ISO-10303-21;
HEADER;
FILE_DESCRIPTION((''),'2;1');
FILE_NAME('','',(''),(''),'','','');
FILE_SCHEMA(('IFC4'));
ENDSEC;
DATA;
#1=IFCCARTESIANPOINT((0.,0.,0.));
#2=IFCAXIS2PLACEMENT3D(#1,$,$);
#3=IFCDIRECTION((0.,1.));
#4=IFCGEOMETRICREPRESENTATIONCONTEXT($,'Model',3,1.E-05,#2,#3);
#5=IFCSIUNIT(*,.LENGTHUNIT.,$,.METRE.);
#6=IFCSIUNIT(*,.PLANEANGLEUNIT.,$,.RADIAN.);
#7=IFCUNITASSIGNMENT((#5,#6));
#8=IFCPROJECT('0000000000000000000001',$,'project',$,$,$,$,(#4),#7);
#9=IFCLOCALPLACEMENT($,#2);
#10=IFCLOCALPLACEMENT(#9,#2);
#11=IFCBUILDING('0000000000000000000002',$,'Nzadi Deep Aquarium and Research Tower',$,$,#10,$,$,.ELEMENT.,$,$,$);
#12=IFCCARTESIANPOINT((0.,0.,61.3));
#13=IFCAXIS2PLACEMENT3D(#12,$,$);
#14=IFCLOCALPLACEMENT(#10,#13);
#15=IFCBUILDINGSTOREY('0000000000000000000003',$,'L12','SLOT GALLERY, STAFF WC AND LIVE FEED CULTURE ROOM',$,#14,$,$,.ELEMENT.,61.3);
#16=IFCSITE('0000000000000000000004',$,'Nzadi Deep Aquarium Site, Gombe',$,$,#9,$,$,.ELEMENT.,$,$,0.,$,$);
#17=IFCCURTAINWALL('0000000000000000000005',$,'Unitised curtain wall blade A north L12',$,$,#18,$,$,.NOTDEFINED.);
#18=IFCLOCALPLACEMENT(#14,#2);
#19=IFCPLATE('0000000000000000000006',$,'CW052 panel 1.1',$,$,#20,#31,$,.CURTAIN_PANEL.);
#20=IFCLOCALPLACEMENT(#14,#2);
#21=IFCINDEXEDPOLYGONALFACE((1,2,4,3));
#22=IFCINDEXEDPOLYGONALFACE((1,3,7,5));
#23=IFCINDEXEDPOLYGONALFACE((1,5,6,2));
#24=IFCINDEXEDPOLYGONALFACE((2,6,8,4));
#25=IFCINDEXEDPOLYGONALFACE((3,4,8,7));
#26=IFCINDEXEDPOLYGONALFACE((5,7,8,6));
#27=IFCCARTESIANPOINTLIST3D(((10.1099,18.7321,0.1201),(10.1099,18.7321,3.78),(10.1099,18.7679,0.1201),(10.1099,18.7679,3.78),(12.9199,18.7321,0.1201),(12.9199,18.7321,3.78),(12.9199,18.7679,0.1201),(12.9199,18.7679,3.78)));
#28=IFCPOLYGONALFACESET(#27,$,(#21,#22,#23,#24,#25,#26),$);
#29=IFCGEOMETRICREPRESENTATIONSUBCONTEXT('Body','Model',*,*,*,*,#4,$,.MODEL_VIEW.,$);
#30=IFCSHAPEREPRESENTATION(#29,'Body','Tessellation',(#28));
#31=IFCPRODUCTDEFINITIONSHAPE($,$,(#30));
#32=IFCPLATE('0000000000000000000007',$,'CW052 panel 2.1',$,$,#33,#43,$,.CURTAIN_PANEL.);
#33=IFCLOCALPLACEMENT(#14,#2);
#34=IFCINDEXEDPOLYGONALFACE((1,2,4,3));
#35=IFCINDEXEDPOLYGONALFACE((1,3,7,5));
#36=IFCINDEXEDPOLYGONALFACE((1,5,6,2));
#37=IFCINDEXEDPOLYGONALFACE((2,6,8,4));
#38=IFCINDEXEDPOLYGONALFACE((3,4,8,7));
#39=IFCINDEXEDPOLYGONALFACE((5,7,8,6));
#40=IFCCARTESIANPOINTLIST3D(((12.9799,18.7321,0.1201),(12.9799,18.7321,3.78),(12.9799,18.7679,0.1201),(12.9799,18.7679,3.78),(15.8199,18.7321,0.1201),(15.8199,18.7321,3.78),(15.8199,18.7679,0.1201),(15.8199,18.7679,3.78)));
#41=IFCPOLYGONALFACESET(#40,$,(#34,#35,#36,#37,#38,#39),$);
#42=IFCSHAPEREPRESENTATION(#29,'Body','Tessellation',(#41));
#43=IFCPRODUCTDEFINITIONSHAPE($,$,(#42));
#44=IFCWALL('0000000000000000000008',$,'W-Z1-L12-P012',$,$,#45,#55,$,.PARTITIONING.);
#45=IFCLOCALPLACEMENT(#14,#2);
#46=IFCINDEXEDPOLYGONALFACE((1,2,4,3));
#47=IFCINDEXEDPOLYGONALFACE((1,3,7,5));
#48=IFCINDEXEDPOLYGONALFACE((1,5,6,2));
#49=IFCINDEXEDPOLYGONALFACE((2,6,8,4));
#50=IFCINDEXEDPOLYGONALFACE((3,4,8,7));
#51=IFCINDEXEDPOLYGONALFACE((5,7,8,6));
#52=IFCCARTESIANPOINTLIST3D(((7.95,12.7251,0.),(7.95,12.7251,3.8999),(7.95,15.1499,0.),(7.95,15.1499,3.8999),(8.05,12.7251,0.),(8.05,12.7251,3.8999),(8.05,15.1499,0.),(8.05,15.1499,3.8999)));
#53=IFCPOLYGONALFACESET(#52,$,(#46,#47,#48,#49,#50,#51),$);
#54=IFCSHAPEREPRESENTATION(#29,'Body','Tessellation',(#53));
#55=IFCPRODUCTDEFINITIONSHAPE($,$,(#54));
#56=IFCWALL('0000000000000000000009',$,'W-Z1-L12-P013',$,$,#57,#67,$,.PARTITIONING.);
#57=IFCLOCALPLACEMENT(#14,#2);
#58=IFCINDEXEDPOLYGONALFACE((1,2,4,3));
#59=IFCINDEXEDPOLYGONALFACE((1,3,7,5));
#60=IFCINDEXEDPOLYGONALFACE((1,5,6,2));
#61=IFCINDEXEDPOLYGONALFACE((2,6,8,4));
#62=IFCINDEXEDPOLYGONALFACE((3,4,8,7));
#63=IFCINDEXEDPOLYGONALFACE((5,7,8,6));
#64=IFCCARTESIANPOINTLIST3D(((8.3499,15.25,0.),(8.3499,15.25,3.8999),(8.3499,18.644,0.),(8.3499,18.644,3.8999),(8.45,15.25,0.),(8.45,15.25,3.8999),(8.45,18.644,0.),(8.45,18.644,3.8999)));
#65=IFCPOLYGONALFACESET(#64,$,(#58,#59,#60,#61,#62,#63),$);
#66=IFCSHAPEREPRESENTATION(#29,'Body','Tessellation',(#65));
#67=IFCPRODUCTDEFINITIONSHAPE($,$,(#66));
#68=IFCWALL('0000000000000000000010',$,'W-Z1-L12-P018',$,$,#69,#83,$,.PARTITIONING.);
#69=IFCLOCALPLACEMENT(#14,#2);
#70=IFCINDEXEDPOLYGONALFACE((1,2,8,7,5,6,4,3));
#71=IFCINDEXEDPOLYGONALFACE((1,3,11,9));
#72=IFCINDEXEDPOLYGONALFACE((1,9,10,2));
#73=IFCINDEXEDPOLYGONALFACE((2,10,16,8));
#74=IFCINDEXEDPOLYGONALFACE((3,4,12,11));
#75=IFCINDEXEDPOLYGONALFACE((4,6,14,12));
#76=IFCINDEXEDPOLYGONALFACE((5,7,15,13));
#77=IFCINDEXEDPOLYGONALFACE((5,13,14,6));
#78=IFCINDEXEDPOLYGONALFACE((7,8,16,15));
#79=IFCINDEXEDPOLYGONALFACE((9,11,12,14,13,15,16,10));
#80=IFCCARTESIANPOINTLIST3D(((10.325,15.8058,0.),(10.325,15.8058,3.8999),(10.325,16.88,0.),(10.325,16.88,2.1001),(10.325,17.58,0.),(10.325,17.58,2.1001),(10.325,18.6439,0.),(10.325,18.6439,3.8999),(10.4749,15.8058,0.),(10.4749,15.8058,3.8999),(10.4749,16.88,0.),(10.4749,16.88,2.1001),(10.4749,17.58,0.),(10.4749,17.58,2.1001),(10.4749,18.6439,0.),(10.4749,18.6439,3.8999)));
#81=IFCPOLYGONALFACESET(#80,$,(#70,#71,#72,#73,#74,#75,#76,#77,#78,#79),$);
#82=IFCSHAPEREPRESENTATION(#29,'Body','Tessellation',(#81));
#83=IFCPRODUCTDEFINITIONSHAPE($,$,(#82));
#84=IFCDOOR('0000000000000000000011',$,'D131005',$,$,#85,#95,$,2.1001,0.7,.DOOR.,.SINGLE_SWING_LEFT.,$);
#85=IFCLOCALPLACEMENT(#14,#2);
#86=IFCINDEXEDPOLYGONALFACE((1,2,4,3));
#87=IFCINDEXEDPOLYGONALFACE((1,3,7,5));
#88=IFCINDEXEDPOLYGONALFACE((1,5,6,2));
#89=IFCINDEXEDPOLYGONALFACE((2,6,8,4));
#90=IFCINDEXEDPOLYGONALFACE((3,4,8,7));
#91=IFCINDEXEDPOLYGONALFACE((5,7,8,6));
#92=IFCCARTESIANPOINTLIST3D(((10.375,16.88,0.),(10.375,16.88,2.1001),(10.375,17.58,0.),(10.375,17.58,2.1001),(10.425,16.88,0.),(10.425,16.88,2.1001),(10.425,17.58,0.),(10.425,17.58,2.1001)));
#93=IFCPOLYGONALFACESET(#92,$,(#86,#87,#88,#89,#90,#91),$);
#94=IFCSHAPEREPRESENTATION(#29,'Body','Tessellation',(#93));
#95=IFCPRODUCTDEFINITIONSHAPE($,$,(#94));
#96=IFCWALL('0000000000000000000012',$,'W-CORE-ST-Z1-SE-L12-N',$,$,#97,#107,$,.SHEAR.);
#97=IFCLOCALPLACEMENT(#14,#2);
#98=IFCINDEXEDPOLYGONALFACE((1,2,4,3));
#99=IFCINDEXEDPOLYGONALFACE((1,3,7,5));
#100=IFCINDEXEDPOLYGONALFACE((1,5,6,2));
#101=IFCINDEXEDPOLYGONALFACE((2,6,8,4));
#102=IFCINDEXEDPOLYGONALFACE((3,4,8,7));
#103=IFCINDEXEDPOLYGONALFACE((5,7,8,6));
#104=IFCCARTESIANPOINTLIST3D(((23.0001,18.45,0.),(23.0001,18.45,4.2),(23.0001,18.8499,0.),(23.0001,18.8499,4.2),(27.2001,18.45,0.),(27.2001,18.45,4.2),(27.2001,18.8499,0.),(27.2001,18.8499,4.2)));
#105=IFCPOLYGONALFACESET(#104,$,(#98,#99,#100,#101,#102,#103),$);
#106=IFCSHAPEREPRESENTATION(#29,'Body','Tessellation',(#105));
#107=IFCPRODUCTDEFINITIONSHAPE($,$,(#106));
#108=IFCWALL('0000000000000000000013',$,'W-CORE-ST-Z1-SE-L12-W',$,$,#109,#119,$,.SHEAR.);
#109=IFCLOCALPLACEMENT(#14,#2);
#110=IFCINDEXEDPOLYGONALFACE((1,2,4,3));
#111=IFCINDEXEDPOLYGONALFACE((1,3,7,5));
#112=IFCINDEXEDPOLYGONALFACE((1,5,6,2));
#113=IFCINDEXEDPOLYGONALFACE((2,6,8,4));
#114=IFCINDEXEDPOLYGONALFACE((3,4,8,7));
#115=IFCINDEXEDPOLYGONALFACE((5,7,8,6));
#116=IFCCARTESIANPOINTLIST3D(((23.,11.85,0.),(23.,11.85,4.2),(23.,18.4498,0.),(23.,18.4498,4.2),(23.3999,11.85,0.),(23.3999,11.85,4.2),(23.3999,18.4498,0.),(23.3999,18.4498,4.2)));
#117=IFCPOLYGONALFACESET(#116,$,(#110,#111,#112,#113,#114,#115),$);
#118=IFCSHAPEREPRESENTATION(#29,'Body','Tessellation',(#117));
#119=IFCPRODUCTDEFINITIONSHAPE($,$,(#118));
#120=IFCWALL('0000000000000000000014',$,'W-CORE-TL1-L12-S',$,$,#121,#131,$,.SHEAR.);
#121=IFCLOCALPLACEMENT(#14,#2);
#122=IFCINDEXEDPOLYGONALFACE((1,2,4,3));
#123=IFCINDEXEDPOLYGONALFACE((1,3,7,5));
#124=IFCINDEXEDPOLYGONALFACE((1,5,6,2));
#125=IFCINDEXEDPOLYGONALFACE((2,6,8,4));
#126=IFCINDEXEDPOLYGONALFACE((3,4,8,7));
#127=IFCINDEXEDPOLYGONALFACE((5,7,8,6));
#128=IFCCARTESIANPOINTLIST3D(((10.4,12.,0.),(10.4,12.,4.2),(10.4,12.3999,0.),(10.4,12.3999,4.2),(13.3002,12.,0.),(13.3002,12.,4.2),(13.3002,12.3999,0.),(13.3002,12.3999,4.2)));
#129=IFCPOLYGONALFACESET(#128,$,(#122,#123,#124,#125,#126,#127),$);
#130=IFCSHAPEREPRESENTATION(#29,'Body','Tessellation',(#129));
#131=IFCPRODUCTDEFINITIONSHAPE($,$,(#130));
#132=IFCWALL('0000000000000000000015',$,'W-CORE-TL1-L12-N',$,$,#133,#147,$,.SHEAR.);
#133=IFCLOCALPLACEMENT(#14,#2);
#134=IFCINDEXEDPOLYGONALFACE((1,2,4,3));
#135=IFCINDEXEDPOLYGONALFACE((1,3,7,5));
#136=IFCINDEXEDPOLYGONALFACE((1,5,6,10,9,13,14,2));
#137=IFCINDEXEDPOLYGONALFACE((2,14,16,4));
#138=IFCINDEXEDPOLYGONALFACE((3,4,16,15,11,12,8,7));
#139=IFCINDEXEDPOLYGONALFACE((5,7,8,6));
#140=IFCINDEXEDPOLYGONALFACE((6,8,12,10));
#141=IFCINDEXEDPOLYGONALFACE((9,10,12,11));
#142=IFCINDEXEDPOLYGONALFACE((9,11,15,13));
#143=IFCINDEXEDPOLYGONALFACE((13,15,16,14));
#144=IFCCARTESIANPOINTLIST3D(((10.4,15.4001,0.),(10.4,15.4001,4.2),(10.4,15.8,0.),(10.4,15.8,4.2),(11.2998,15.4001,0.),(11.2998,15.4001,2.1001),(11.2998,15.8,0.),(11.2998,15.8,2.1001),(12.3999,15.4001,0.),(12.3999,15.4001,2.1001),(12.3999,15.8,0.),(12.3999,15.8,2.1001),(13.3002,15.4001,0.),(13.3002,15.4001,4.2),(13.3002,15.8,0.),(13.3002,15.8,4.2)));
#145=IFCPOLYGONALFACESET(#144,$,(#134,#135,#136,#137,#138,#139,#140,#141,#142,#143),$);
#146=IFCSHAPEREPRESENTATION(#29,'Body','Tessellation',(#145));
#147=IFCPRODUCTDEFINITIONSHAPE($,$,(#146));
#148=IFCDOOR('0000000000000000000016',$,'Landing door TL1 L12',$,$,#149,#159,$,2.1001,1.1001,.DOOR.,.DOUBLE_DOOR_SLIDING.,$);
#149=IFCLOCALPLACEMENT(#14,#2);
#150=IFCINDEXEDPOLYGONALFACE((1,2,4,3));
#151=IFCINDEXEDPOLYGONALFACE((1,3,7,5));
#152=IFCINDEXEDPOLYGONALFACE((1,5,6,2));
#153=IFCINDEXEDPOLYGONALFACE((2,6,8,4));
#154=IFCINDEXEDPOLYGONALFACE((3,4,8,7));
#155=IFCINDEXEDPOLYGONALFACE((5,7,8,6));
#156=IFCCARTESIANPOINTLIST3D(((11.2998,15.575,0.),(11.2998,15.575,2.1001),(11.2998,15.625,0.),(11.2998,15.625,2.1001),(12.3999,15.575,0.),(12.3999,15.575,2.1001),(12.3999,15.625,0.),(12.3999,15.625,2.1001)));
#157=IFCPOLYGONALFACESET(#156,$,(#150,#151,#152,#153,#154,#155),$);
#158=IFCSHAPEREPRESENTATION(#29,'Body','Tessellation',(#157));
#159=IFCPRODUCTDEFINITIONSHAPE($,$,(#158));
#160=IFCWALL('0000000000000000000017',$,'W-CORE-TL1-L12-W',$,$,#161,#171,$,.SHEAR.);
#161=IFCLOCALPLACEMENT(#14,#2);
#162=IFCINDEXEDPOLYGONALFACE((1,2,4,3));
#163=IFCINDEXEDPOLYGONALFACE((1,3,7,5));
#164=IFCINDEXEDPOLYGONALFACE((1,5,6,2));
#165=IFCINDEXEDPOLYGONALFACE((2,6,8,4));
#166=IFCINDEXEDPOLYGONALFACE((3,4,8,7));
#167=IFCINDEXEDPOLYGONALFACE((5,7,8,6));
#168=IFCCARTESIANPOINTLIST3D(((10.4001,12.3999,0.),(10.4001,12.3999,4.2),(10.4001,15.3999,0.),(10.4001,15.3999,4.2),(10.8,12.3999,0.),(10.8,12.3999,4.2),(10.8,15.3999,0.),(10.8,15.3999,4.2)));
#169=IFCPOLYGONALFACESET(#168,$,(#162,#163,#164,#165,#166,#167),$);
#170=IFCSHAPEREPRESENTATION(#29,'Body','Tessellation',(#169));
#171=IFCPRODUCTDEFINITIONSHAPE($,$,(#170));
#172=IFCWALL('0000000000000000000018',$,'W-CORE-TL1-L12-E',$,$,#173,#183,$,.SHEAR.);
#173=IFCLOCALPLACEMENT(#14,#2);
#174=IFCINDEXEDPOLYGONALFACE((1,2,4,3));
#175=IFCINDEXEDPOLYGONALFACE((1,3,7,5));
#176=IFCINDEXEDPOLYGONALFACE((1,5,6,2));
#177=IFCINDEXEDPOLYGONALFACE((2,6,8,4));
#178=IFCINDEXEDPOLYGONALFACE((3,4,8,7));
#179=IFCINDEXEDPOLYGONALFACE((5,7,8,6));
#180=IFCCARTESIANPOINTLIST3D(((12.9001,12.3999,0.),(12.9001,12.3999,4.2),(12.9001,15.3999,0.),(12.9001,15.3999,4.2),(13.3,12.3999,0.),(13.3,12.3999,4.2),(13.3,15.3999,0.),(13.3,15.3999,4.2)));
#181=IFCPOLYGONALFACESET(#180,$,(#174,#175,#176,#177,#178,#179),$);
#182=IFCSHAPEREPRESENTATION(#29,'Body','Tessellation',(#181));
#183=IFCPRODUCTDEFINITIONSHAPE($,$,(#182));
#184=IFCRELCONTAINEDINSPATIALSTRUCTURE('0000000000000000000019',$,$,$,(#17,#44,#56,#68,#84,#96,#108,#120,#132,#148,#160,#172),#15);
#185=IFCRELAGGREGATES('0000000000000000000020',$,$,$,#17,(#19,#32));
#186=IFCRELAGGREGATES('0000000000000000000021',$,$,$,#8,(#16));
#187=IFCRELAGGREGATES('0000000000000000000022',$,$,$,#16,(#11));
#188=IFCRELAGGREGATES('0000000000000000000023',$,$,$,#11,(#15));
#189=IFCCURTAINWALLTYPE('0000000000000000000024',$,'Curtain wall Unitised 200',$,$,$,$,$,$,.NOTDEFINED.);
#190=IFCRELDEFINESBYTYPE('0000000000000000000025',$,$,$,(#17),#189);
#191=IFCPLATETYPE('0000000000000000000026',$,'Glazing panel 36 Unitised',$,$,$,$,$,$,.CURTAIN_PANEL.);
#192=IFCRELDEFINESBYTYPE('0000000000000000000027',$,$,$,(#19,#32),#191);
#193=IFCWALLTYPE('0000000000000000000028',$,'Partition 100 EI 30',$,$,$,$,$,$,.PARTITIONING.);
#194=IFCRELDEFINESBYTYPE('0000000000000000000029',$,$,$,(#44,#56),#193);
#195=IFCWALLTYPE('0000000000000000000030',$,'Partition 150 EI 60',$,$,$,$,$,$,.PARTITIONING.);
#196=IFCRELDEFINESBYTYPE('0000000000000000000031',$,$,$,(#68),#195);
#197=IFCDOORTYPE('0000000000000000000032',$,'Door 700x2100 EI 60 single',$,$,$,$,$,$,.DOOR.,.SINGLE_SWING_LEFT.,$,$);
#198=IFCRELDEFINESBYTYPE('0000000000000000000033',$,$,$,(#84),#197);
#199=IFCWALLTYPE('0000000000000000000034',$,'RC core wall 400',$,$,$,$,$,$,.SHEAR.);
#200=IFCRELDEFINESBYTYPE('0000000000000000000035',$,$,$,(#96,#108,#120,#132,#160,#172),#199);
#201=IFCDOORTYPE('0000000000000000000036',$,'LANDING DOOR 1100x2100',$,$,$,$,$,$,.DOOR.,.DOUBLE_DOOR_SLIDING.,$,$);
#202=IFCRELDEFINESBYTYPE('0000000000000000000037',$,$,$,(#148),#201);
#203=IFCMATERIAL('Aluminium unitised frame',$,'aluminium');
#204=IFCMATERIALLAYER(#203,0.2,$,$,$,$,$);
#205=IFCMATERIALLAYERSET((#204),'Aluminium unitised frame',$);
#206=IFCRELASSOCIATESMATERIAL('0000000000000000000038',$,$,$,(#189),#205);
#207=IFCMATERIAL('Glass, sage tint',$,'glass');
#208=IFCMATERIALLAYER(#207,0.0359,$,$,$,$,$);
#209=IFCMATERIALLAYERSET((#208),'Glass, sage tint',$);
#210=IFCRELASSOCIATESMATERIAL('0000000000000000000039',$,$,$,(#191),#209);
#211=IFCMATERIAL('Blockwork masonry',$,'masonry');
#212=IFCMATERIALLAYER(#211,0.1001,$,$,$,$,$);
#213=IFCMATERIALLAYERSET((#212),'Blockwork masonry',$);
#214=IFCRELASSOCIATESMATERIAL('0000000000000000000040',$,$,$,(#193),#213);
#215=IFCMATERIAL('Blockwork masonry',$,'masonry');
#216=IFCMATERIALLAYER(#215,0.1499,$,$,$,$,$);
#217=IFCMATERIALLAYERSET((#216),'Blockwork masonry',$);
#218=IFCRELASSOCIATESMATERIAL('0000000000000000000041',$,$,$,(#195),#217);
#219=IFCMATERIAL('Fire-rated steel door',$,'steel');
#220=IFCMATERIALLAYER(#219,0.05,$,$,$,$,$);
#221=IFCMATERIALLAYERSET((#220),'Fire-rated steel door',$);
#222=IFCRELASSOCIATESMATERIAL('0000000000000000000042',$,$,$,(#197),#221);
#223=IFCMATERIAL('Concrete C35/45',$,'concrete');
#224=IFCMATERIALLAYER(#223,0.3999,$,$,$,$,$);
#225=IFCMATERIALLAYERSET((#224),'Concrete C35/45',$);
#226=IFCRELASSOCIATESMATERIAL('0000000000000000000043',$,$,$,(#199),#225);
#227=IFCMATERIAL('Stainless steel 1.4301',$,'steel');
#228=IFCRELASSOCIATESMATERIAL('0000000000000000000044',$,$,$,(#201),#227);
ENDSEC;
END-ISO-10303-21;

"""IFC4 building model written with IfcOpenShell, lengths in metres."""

from ifc_helpers import new_model, si_unit, direction, frame, frame_2d, origin, origin_2d, place, context, subcontext, project, spatial, rectangle, extrude, material, layer, layer_set, type_object, element, fill, aggregate, save


model = new_model("IFC4")

# Units and contexts
model_context = context("Model", 3, precision=1e-05, world=origin(), true_north=direction((0.0, 1.0)))
body_context = subcontext(model_context, "Body", "Model", "MODEL_VIEW")
ifc_project = project(units=[si_unit("LENGTHUNIT", "METRE"), si_unit("PLANEANGLEUNIT", "RADIAN")], contexts=[model_context])

# Site, building, storey
site_placement = place(None, origin())
site = spatial("IfcSite", under=ifc_project, at=site_placement, Name="Nzadi Deep Aquarium Site, Gombe", CompositionType="ELEMENT", RefElevation=0.0)
building_placement = place(site_placement, origin())
building = spatial("IfcBuilding", under=site, at=building_placement, Name="Nzadi Deep Aquarium and Research Tower", CompositionType="ELEMENT")
storey_placement = place(building_placement, frame((0.0, 0.0, 61.3)))
storey = spatial("IfcBuildingStorey", under=building, at=storey_placement, Name="L12", Description="SLOT GALLERY, STAFF WC AND LIVE FEED CULTURE ROOM", CompositionType="ELEMENT", Elevation=61.3)

# Shared definitions
ifc_material_1 = material(Name="Aluminium unitised frame", Category="aluminium")
ifc_layer_1 = layer(ifc_material_1, 0.2)
ifc_layer_set_1 = layer_set([ifc_layer_1], Name="Aluminium unitised frame")
curtain_wall_type = type_object("IfcCurtainWallType", Name="Curtain wall Unitised 200", PredefinedType="NOTDEFINED", material=ifc_layer_set_1)

# Curtain wall
curtain_wall_1_placement = place(storey_placement, origin())
curtain_wall_1 = element("IfcCurtainWall", 1, at=curtain_wall_1_placement, inside=storey, type_object=curtain_wall_type, Name="Unitised curtain wall blade A north L12", PredefinedType="NOTDEFINED")

# Plates
ifc_material_2 = material(Name="Glass, sage tint", Category="glass")
ifc_layer_2 = layer(ifc_material_2, 0.0359)
ifc_layer_set_2 = layer_set([ifc_layer_2], Name="Glass, sage tint")
plate_type = type_object("IfcPlateType", Name="Glazing panel 36 Unitised", PredefinedType="CURTAIN_PANEL", material=ifc_layer_set_2)
plate_1_placement = place(storey_placement, frame((11.5149, 18.75, 0.1201), z_axis=(0.0, 0.0, 1.0), x_axis=(1.0, 0.0, 0.0)))
plate_1 = element("IfcPlate", 2, at=plate_1_placement, type_object=plate_type, Name="CW052 panel 1.1", PredefinedType="CURTAIN_PANEL", context=body_context, shape_type="SweptSolid", body=[
    extrude(rectangle(XDim=2.8101, YDim=0.0359, at=origin_2d()), origin(), (0.0, 0.0, 1.0), 3.6599),
])
plate_2_placement = place(storey_placement, frame((14.3999, 18.75, 0.1201), z_axis=(0.0, 0.0, 1.0), x_axis=(1.0, 0.0, 0.0)))
plate_2 = element("IfcPlate", 3, at=plate_2_placement, type_object=plate_type, Name="CW052 panel 2.1", PredefinedType="CURTAIN_PANEL", context=body_context, shape_type="SweptSolid", body=[
    extrude(rectangle(XDim=2.8401, YDim=0.0359, at=origin_2d()), origin(), (0.0, 0.0, 1.0), 3.6599),
])
aggregate(curtain_wall_1, [plate_1, plate_2])

# Walls
ifc_material_3 = material(Name="Blockwork masonry", Category="masonry")
ifc_layer_3 = layer(ifc_material_3, 0.1001)
ifc_layer_set_3 = layer_set([ifc_layer_3], Name="Blockwork masonry")
wall_type_1 = type_object("IfcWallType", Name="Partition 100 EI 30", PredefinedType="PARTITIONING", material=ifc_layer_set_3)
wall_1_placement = place(storey_placement, frame((8.0, 12.7251, 0.0), z_axis=(0.0, 0.0, 1.0), x_axis=(0.0, 1.0, 0.0)))
element("IfcWall", 4, at=wall_1_placement, inside=storey, type_object=wall_type_1, Name="W-Z1-L12-P012", PredefinedType="PARTITIONING", context=body_context, shape_type="SweptSolid", body=[
    extrude(rectangle(XDim=2.4248, YDim=0.1001, at=frame_2d((1.2124, 0.0))), origin(), (0.0, 0.0, 1.0), 3.8999),
])
wall_2_placement = place(storey_placement, frame((8.3999, 15.25, 0.0), z_axis=(0.0, 0.0, 1.0), x_axis=(0.0, 1.0, 0.0)))
element("IfcWall", 5, at=wall_2_placement, inside=storey, type_object=wall_type_1, Name="W-Z1-L12-P013", PredefinedType="PARTITIONING", context=body_context, shape_type="SweptSolid", body=[
    extrude(rectangle(XDim=3.394, YDim=0.1001, at=frame_2d((1.697, 0.0))), origin(), (0.0, 0.0, 1.0), 3.8999),
])

# Wall, opening, door
ifc_material_4 = material(Name="Blockwork masonry", Category="masonry")
ifc_layer_4 = layer(ifc_material_4, 0.1499)
ifc_layer_set_4 = layer_set([ifc_layer_4], Name="Blockwork masonry")
wall_type_2 = type_object("IfcWallType", Name="Partition 150 EI 60", PredefinedType="PARTITIONING", material=ifc_layer_set_4)
wall_3_placement = place(storey_placement, frame((10.3999, 15.8059, 0.0), z_axis=(0.0, 0.0, 1.0), x_axis=(0.0, 1.0, 0.0)))
wall_3 = element("IfcWall", 6, at=wall_3_placement, inside=storey, type_object=wall_type_2, Name="W-Z1-L12-P018", PredefinedType="PARTITIONING", context=body_context, shape_type="SweptSolid", body=[
    extrude(rectangle(XDim=2.8381, YDim=0.1499, at=frame_2d((1.4189, 0.0))), origin(), (0.0, 0.0, 1.0), 3.8999),
])
opening_1_placement = place(wall_3_placement, frame((1.074, 0.0, 0.0)))
opening_1 = element("IfcOpeningElement", 7, at=opening_1_placement, cuts=wall_3, PredefinedType="OPENING", context=body_context, shape_type="SweptSolid", body=[
    extrude(rectangle(XDim=0.7, YDim=2.1001, at=frame_2d((0.3501, 1.05))), frame((0.0, 0.085, 0.0), z_axis=(0.0, -1.0, 0.0), x_axis=(1.0, 0.0, 0.0)), (0.0, 0.0, 1.0), 0.1699),
])
ifc_material_5 = material(Name="Fire-rated steel door", Category="steel")
ifc_layer_5 = layer(ifc_material_5, 0.05)
ifc_layer_set_5 = layer_set([ifc_layer_5], Name="Fire-rated steel door")
door_type_1 = type_object("IfcDoorType", Name="Door 700x2100 EI 60 single", OperationType="SINGLE_SWING_LEFT", PredefinedType="DOOR", material=ifc_layer_set_5)
door_1_placement = place(opening_1_placement, origin())
door_1 = element("IfcDoor", 8, at=door_1_placement, inside=storey, type_object=door_type_1, Name="D131005", OperationType="SINGLE_SWING_LEFT", OverallHeight=2.1001, OverallWidth=0.7, PredefinedType="DOOR", context=body_context, shape_type="SweptSolid", body=[
    extrude(rectangle(XDim=0.7, YDim=2.1001, at=frame_2d((0.3501, 1.05))), frame((0.0, 0.0249, 0.0), z_axis=(0.0, -1.0, 0.0), x_axis=(1.0, 0.0, 0.0)), (0.0, 0.0, 1.0), 0.05),
])
fill(opening_1, door_1)

# Walls
ifc_material_6 = material(Name="Concrete C35/45", Category="concrete")
ifc_layer_6 = layer(ifc_material_6, 0.3999)
ifc_layer_set_6 = layer_set([ifc_layer_6], Name="Concrete C35/45")
wall_type_3 = type_object("IfcWallType", Name="RC core wall 400", PredefinedType="SHEAR", material=ifc_layer_set_6)
wall_4_placement = place(storey_placement, frame((23.0, 18.6499, 0.0), z_axis=(0.0, 0.0, 1.0), x_axis=(1.0, 0.0, 0.0)))
element("IfcWall", 9, at=wall_4_placement, inside=storey, type_object=wall_type_3, Name="W-CORE-ST-Z1-SE-L12-N", PredefinedType="SHEAR", context=body_context, shape_type="SweptSolid", body=[
    extrude(rectangle(XDim=4.2, YDim=0.3999, at=frame_2d((2.1001, 0.0))), origin(), (0.0, 0.0, 1.0), 4.2),
])
wall_5_placement = place(storey_placement, frame((23.2, 11.8501, 0.0), z_axis=(0.0, 0.0, 1.0), x_axis=(0.0, 1.0, 0.0)))
element("IfcWall", 10, at=wall_5_placement, inside=storey, type_object=wall_type_3, Name="W-CORE-ST-Z1-SE-L12-W", PredefinedType="SHEAR", context=body_context, shape_type="SweptSolid", body=[
    extrude(rectangle(XDim=6.5999, YDim=0.3999, at=frame_2d((3.2998, 0.0))), origin(), (0.0, 0.0, 1.0), 4.2),
])
wall_6_placement = place(storey_placement, frame((10.3999, 12.2, 0.0), z_axis=(0.0, 0.0, 1.0), x_axis=(1.0, 0.0, 0.0)))
element("IfcWall", 11, at=wall_6_placement, inside=storey, type_object=wall_type_3, Name="W-CORE-TL1-L12-S", PredefinedType="SHEAR", context=body_context, shape_type="SweptSolid", body=[
    extrude(rectangle(XDim=2.9001, YDim=0.3999, at=frame_2d((1.4502, 0.0))), origin(), (0.0, 0.0, 1.0), 4.2),
])

# Wall, opening, door
wall_7_placement = place(storey_placement, frame((10.3999, 15.6001, 0.0), z_axis=(0.0, 0.0, 1.0), x_axis=(1.0, 0.0, 0.0)))
wall_7 = element("IfcWall", 12, at=wall_7_placement, inside=storey, type_object=wall_type_3, Name="W-CORE-TL1-L12-N", PredefinedType="SHEAR", context=body_context, shape_type="SweptSolid", body=[
    extrude(rectangle(XDim=2.9001, YDim=0.3999, at=frame_2d((1.4502, 0.0))), origin(), (0.0, 0.0, 1.0), 4.2),
])
opening_2_placement = place(wall_7_placement, frame((0.8999, 0.0, 0.0)))
opening_2 = element("IfcOpeningElement", 13, at=opening_2_placement, cuts=wall_7, PredefinedType="OPENING", context=body_context, shape_type="SweptSolid", body=[
    extrude(rectangle(XDim=1.1001, YDim=2.1001, at=frame_2d((0.55, 1.05))), frame((0.0, 0.21, 0.0), z_axis=(0.0, -1.0, 0.0), x_axis=(1.0, 0.0, 0.0)), (0.0, 0.0, 1.0), 0.4199),
])
ifc_material_7 = material(Name="Stainless steel 1.4301", Category="steel")
door_type_2 = type_object("IfcDoorType", Name="LANDING DOOR 1100x2100", OperationType="DOUBLE_DOOR_SLIDING", PredefinedType="DOOR", material=ifc_material_7)
door_2_placement = place(opening_2_placement, origin())
door_2 = element("IfcDoor", 14, at=door_2_placement, inside=storey, type_object=door_type_2, Name="Landing door TL1 L12", OperationType="DOUBLE_DOOR_SLIDING", OverallHeight=2.1001, OverallWidth=1.1001, PredefinedType="DOOR", context=body_context, shape_type="SweptSolid", body=[
    extrude(rectangle(XDim=1.1001, YDim=2.1001, at=frame_2d((0.55, 1.05))), frame((0.0, 0.0249, 0.0), z_axis=(0.0, -1.0, 0.0), x_axis=(1.0, 0.0, 0.0)), (0.0, 0.0, 1.0), 0.05),
])
fill(opening_2, door_2)

# Walls
for number, where, z_axis, x_axis, name in (
    (15, (10.6001, 12.3999, 0.0), (0.0, 0.0, 1.0), (0.0, 1.0, 0.0), "W-CORE-TL1-L12-W"),
    (16, (13.1001, 12.3999, 0.0), (0.0, 0.0, 1.0), (0.0, 1.0, 0.0), "W-CORE-TL1-L12-E"),
):
    element("IfcWall", number, at=place(storey_placement, frame(where, z_axis=z_axis, x_axis=x_axis)), inside=storey, type_object=wall_type_3, Name=name, PredefinedType="SHEAR", context=body_context, shape_type="SweptSolid", body=[
        extrude(rectangle(XDim=3.0, YDim=0.3999, at=frame_2d((1.5, 0.0))), origin(), (0.0, 0.0, 1.0), 4.2),
    ])

save(model, "model.ifc")
